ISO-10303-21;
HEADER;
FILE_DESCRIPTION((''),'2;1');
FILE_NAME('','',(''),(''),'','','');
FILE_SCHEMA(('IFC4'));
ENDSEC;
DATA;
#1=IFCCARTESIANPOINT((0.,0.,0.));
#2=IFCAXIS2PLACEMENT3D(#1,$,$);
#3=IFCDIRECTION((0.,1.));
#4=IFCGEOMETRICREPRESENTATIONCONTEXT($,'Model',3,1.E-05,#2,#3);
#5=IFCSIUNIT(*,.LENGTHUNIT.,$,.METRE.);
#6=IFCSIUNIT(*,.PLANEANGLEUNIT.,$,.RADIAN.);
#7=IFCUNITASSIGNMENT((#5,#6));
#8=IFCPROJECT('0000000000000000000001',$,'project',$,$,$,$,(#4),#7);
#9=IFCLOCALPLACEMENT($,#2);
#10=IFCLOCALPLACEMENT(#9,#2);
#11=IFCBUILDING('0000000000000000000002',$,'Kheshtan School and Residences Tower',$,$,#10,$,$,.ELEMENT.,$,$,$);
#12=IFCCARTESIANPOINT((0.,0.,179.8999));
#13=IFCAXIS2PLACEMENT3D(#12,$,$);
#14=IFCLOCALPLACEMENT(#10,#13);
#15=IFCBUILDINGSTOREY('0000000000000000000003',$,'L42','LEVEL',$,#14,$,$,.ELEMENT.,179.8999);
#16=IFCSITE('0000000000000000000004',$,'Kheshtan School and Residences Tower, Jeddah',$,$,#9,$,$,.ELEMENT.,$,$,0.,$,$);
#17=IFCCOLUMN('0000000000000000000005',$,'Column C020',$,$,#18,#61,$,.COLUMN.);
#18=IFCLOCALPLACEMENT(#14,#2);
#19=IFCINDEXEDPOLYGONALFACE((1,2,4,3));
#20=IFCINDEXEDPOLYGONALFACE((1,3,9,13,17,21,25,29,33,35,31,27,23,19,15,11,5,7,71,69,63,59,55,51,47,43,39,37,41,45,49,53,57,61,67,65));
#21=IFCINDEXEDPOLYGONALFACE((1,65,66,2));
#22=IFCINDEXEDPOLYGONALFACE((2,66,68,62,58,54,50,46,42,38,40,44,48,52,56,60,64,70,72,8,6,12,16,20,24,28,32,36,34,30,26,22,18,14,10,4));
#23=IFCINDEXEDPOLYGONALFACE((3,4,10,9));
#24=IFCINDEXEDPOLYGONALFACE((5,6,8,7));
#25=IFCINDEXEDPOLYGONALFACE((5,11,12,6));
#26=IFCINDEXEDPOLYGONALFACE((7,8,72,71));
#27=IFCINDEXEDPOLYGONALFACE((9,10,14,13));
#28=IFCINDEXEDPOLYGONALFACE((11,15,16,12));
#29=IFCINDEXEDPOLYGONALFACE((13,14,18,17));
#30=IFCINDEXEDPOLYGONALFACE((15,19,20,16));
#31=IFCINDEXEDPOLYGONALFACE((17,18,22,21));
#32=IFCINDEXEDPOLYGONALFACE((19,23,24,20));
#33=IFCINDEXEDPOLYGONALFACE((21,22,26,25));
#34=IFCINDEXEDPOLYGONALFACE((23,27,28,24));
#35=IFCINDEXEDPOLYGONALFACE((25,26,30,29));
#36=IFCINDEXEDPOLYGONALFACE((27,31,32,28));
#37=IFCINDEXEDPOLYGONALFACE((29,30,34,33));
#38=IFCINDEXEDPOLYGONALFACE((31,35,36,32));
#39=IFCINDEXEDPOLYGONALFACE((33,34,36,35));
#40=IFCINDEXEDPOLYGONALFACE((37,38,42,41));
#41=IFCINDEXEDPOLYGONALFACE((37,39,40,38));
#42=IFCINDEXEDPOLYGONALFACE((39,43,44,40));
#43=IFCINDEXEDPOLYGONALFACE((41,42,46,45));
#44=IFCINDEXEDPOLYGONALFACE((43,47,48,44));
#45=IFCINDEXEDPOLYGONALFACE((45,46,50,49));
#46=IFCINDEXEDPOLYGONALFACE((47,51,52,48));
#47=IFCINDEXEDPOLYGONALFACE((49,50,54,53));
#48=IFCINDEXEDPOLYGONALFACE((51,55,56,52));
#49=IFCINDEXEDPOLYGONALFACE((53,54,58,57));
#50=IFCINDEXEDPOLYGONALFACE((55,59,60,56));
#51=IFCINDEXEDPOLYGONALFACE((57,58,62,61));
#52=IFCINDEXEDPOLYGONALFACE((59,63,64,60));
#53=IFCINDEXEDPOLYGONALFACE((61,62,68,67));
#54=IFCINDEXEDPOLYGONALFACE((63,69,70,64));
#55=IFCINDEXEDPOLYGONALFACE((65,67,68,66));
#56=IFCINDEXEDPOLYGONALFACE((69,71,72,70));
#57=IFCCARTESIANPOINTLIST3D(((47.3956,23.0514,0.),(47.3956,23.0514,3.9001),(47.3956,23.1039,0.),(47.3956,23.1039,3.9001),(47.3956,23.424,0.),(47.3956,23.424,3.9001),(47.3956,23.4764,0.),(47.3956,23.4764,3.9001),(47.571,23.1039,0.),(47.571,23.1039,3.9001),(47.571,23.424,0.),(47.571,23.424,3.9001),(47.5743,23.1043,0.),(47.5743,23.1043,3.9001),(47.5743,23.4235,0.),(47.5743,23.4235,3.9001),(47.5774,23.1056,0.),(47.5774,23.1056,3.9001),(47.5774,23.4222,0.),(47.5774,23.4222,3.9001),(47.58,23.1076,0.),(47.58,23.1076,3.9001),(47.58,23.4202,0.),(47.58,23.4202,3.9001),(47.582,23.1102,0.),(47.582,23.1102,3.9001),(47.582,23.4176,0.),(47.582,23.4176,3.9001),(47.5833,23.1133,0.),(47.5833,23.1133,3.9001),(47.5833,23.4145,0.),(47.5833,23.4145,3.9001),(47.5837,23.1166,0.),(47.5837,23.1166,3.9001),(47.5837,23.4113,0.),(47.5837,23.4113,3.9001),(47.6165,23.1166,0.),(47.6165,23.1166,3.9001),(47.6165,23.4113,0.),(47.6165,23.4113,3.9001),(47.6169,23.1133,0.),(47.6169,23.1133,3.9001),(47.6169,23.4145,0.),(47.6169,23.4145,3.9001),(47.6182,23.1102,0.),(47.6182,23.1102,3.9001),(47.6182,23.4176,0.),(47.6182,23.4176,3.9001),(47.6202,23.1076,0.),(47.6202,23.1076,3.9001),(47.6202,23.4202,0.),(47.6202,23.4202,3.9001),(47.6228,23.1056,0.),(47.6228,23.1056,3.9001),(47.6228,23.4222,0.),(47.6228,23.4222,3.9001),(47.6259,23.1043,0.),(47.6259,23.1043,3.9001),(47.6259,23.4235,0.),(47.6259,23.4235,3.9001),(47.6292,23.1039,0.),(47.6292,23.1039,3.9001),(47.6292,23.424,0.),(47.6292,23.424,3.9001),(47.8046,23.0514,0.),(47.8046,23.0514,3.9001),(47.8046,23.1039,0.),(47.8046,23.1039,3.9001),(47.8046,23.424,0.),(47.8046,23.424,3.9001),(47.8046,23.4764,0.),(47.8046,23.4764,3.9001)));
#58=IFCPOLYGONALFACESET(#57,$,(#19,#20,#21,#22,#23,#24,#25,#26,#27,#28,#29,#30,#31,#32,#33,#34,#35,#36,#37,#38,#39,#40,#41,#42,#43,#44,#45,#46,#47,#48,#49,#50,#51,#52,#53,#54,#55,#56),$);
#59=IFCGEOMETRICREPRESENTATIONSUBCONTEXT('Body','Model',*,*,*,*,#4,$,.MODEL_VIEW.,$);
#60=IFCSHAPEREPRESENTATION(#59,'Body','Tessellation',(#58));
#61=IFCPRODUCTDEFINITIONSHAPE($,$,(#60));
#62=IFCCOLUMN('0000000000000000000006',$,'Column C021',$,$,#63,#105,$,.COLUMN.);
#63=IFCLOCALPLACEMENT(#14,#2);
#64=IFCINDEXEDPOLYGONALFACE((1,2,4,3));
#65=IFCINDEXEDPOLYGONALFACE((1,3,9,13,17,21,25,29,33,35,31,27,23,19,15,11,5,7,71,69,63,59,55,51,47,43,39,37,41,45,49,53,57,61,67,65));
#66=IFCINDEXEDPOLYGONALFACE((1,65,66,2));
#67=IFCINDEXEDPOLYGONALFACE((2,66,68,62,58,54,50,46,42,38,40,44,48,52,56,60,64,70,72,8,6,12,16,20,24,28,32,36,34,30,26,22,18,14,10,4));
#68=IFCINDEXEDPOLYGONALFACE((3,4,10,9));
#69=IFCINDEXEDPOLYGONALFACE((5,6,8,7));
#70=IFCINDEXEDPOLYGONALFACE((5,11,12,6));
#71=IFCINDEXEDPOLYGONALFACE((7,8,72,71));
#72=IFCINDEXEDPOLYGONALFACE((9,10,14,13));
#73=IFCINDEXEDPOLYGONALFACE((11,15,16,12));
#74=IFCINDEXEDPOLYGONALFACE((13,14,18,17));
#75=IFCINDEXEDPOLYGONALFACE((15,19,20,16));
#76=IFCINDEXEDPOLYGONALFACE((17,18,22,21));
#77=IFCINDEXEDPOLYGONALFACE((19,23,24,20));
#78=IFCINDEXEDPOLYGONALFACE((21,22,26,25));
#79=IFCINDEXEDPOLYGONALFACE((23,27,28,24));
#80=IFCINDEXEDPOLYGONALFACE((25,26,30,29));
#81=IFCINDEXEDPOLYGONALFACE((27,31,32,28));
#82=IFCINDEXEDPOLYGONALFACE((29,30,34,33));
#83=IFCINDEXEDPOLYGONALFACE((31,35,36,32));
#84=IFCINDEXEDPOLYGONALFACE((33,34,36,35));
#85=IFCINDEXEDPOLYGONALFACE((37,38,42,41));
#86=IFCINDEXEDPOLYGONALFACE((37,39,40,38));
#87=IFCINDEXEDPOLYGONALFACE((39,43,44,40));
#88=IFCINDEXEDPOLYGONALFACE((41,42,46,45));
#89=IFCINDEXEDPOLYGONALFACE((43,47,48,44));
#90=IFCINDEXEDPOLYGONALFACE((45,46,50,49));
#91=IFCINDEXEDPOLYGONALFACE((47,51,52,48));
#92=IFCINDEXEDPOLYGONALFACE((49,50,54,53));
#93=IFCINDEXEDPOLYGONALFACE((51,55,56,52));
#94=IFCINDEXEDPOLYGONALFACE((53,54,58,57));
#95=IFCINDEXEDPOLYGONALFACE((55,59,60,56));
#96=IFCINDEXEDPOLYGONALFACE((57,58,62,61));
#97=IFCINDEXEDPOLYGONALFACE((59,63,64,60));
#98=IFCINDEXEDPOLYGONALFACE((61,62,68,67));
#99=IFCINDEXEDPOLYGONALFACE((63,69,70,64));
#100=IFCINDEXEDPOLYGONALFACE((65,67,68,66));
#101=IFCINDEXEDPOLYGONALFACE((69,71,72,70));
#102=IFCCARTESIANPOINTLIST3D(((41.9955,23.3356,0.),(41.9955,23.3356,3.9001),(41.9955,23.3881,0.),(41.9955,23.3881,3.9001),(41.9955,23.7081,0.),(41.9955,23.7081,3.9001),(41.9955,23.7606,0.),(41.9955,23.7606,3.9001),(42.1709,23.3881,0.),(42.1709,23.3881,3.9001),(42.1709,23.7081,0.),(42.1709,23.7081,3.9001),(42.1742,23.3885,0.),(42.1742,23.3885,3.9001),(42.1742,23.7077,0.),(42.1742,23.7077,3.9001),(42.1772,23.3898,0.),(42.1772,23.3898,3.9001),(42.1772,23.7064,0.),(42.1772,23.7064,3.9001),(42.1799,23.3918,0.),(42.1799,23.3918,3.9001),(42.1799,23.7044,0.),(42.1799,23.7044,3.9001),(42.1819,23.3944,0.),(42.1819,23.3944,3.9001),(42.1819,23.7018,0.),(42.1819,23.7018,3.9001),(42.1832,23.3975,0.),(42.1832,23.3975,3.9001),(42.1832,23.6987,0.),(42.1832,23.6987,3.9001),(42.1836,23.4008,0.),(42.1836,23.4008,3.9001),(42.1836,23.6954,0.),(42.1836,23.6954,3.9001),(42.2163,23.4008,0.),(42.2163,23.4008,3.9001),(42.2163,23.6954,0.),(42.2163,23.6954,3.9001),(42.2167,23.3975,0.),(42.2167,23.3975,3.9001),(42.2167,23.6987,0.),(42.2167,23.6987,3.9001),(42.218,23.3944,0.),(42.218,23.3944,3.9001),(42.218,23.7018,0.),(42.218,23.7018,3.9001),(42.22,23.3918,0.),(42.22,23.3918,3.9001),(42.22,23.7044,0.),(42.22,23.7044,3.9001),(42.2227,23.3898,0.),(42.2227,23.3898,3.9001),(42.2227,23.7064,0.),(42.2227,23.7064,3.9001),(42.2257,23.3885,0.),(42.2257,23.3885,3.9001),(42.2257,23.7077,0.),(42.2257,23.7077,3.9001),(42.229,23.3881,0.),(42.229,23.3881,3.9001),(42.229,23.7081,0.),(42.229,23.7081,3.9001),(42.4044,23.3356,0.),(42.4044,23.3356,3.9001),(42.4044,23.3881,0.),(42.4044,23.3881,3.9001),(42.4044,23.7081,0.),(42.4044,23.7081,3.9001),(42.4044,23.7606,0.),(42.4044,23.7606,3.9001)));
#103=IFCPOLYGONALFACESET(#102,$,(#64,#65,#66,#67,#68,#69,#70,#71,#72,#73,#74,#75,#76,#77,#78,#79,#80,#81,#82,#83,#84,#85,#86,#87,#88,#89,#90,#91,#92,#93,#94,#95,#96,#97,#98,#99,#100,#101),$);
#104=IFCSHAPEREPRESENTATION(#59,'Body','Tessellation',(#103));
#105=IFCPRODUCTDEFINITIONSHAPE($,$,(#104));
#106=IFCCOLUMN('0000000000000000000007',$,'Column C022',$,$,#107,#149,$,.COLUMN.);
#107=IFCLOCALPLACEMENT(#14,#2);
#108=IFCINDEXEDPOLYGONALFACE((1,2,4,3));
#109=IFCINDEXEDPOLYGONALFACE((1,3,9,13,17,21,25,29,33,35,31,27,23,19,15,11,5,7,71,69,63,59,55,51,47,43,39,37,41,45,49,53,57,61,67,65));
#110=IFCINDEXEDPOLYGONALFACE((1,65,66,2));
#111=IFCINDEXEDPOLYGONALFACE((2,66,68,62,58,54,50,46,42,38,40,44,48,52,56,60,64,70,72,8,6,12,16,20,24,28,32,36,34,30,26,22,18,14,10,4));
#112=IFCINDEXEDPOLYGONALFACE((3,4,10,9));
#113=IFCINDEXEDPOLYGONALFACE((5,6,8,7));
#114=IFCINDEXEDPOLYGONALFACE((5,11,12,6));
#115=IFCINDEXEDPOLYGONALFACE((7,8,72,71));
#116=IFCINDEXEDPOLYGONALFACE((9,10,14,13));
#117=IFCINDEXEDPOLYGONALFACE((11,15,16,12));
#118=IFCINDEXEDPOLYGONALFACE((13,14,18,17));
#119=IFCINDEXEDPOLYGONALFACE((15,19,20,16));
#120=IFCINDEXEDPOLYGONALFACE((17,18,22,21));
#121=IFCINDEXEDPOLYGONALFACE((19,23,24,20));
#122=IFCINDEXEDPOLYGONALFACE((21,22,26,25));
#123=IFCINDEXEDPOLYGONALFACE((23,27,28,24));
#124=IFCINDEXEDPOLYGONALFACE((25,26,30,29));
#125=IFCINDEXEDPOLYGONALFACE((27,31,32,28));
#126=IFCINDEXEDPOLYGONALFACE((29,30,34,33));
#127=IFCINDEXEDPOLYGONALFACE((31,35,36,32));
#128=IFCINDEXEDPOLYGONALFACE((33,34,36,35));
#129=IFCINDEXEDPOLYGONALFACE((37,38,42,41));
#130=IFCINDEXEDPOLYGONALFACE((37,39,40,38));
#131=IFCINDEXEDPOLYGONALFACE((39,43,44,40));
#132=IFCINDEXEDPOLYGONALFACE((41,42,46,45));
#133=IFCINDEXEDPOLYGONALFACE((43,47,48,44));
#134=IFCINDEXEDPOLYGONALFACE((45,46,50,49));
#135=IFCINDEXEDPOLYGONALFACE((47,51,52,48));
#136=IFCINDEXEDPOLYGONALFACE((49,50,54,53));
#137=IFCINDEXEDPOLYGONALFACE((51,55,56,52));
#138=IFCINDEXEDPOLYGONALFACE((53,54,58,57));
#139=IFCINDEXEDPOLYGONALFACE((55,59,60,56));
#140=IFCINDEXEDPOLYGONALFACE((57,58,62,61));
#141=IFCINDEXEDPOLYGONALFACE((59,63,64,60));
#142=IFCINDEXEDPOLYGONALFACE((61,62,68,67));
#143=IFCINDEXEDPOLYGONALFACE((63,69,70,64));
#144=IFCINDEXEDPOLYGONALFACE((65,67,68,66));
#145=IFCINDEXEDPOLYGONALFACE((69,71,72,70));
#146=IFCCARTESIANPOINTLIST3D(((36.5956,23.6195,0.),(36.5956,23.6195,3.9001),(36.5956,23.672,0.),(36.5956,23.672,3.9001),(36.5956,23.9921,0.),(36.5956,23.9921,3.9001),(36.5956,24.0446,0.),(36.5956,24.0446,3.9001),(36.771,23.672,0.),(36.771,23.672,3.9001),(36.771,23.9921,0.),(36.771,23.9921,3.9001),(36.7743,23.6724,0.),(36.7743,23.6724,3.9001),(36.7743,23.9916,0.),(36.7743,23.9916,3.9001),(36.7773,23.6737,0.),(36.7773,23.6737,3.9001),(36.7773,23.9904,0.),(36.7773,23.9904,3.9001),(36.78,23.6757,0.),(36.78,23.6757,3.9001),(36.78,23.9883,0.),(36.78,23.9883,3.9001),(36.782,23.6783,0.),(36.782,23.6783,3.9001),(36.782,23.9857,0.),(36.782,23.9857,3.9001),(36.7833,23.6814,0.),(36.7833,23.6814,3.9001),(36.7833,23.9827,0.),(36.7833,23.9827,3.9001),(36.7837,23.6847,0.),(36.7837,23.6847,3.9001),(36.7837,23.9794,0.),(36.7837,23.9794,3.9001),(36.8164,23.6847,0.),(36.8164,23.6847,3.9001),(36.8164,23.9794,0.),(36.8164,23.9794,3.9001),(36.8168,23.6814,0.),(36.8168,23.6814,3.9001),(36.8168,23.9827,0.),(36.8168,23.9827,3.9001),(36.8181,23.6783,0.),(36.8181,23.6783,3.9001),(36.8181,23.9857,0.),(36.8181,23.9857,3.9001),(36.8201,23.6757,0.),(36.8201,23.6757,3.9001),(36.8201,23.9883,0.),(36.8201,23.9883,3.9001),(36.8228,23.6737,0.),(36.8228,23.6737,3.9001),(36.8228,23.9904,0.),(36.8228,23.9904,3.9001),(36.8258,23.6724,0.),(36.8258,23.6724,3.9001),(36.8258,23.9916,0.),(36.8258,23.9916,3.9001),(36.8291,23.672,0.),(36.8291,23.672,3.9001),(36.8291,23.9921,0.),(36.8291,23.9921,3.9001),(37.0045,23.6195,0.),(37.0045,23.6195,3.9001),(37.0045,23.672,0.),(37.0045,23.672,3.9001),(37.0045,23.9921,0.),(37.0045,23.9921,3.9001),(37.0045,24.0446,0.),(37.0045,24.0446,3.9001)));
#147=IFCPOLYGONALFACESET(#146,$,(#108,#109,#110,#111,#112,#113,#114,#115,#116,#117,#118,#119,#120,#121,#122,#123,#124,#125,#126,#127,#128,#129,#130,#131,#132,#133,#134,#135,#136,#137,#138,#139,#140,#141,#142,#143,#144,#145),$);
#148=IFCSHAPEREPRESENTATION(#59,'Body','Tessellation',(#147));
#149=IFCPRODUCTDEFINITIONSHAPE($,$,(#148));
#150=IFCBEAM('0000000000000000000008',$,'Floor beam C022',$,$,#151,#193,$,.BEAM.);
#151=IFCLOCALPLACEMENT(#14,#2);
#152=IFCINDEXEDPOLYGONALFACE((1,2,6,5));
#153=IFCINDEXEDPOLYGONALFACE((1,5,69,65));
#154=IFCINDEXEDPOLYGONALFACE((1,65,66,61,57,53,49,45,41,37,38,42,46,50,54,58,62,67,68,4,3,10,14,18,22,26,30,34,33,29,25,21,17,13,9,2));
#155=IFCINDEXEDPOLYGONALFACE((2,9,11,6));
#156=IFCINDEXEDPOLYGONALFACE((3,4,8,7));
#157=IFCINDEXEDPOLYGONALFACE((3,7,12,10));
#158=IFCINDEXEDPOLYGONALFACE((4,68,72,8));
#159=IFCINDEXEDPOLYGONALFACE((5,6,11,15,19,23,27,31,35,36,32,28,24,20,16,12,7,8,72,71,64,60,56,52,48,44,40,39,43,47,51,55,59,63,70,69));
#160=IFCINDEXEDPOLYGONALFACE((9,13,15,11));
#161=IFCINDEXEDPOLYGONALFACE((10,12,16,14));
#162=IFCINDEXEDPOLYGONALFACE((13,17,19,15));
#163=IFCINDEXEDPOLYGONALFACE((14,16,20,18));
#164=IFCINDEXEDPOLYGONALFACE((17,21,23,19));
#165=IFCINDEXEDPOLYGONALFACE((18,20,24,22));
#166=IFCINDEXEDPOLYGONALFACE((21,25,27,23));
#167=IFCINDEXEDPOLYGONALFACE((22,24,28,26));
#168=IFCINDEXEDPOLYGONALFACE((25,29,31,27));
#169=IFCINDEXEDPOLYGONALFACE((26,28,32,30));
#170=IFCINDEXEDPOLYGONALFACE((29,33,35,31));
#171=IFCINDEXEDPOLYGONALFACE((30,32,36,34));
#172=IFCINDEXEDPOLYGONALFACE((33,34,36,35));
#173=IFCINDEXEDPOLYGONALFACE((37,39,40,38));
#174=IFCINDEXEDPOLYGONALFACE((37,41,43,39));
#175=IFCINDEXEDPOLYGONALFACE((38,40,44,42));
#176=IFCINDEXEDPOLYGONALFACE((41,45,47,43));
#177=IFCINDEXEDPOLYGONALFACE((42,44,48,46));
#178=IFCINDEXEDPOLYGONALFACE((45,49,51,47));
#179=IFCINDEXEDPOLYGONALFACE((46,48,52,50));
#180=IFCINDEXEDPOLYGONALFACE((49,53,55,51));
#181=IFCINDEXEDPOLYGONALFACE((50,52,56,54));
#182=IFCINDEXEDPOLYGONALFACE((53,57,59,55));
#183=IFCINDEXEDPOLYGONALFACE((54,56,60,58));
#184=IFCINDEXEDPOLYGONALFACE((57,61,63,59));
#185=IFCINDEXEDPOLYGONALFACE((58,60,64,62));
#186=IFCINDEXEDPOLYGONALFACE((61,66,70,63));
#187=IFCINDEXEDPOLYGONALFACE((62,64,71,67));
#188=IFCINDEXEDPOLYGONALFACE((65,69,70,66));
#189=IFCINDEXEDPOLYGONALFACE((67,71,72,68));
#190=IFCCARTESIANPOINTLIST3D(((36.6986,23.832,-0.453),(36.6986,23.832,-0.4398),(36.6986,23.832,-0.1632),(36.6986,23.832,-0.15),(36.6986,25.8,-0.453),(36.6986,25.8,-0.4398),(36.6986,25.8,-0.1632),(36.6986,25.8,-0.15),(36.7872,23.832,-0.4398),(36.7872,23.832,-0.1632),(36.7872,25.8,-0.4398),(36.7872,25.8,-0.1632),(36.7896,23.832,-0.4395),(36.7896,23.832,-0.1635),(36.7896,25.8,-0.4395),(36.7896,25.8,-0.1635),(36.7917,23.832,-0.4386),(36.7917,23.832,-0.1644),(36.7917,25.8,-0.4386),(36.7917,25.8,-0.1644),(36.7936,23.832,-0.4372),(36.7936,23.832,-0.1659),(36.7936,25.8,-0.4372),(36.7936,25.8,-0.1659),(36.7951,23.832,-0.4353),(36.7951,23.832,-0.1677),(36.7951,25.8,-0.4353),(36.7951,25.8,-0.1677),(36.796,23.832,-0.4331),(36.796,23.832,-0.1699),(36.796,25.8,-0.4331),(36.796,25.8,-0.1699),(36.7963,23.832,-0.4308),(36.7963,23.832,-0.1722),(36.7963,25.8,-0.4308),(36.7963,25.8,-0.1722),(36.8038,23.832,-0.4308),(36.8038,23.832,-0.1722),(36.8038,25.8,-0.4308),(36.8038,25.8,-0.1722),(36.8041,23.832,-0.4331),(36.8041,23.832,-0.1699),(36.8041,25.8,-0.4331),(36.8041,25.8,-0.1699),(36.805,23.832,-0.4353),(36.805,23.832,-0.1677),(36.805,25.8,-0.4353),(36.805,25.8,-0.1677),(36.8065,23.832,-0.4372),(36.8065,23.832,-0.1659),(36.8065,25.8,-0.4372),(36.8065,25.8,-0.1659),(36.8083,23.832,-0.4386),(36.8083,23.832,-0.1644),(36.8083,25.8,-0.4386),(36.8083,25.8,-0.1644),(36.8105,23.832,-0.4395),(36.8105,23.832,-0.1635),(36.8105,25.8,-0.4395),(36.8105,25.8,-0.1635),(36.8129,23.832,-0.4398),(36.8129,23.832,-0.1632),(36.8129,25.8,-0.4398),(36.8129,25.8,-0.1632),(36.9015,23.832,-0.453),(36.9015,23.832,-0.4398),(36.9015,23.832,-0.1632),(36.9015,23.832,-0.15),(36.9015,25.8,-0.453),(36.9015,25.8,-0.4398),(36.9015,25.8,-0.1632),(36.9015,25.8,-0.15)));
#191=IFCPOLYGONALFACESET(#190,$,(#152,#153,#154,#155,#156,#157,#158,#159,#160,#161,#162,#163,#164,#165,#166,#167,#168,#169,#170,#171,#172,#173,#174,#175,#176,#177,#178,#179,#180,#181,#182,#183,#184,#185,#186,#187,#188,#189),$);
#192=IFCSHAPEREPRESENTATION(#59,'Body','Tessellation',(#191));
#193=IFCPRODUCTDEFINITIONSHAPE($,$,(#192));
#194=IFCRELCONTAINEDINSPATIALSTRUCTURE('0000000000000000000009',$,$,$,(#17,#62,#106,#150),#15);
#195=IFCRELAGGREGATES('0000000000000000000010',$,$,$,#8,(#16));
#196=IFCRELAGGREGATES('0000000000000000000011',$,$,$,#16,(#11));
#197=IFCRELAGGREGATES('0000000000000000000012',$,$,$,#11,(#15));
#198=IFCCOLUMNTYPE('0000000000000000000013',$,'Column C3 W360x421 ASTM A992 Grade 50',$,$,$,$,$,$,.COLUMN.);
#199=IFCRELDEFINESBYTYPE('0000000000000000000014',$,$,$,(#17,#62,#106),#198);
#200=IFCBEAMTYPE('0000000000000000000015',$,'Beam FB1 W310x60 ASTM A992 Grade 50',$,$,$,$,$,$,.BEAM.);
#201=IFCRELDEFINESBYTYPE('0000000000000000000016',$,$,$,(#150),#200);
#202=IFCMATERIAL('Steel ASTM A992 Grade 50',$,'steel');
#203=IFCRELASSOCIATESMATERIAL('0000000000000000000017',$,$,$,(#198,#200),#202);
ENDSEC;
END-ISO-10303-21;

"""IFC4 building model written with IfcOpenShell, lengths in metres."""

from ifc_helpers import new_model, si_unit, direction, frame, origin, origin_2d, place, context, subcontext, project, spatial, i_section, extrude, material, material_profile, profile_set, type_object, element, save


model = new_model("IFC4")

# Units and contexts
model_context = context("Model", 3, precision=1e-05, world=origin(), true_north=direction((0.0, 1.0)))
body_context = subcontext(model_context, "Body", "Model", "MODEL_VIEW")
ifc_project = project(units=[si_unit("LENGTHUNIT", "METRE"), si_unit("PLANEANGLEUNIT", "RADIAN")], contexts=[model_context])

# Site, building, storey
site_placement = place(None, origin())
site = spatial("IfcSite", under=ifc_project, at=site_placement, Name="Kheshtan School and Residences Tower, Jeddah", CompositionType="ELEMENT", RefElevation=0.0)
building_placement = place(site_placement, origin())
building = spatial("IfcBuilding", under=site, at=building_placement, Name="Kheshtan School and Residences Tower", CompositionType="ELEMENT")
storey_placement = place(building_placement, frame((0.0, 0.0, 179.8999)))
storey = spatial("IfcBuildingStorey", under=building, at=storey_placement, Name="L42", Description="LEVEL", CompositionType="ELEMENT", Elevation=179.8999)

# Columns
ifc_material_1 = material(Name="Steel ASTM A992 Grade 50", Category="steel")
ifc_material_profile_1 = material_profile(ifc_material_1, i_section(OverallWidth=0.4089, OverallDepth=0.425, WebThickness=0.0327, FlangeThickness=0.0525, FilletRadius=0.0127, at=origin_2d()), Name="W360x421")
ifc_profile_set_1 = profile_set([ifc_material_profile_1], Name="Steel ASTM A992 Grade 50")
column_type = type_object("IfcColumnType", Name="Column C3 W360x421 ASTM A992 Grade 50", PredefinedType="COLUMN", material=ifc_profile_set_1)
for number, where, z_axis, x_axis, name in (
    (1, (47.6001, 23.2639, 0.0), (0.0, 0.0, 1.0), (1.0, 0.0, 0.0), "Column C020"),
    (2, (42.2, 23.5481, 0.0), (0.0, 0.0, 1.0), (1.0, 0.0, 0.0), "Column C021"),
    (3, (36.8, 23.832, 0.0), (0.0, 0.0, 1.0), (1.0, 0.0, 0.0), "Column C022"),
):
    element("IfcColumn", number, at=place(storey_placement, frame(where, z_axis=z_axis, x_axis=x_axis)), inside=storey, type_object=column_type, Name=name, PredefinedType="COLUMN", context=body_context, shape_type="SweptSolid", body=[
        extrude(i_section(OverallWidth=0.4089, OverallDepth=0.425, WebThickness=0.0327, FlangeThickness=0.0525, FilletRadius=0.0127, at=origin_2d()), origin(), (0.0, 0.0, 1.0), 3.9001),
    ])

# Beam
ifc_material_profile_2 = material_profile(ifc_material_1, i_section(OverallWidth=0.2029, OverallDepth=0.303, WebThickness=0.0076, FlangeThickness=0.0132, FilletRadius=0.009, at=origin_2d()), Name="W310x60")
ifc_profile_set_2 = profile_set([ifc_material_profile_2], Name="Steel ASTM A992 Grade 50")
beam_type_1 = type_object("IfcBeamType", Name="Beam FB1 W310x60 ASTM A992 Grade 50", PredefinedType="BEAM", material=ifc_profile_set_2)
beam_1_placement = place(storey_placement, frame((36.8, 23.832, -0.3015), z_axis=(0.0, 1.0, 0.0), x_axis=(-1.0, 0.0, 0.0)))
element("IfcBeam", 4, at=beam_1_placement, inside=storey, type_object=beam_type_1, Name="Floor beam C022", PredefinedType="BEAM", context=body_context, shape_type="SweptSolid", body=[
    extrude(i_section(OverallWidth=0.2029, OverallDepth=0.303, WebThickness=0.0076, FlangeThickness=0.0132, FilletRadius=0.009, at=origin_2d()), origin(), (0.0, 0.0, 1.0), 1.968),
])

save(model, "model.ifc")
